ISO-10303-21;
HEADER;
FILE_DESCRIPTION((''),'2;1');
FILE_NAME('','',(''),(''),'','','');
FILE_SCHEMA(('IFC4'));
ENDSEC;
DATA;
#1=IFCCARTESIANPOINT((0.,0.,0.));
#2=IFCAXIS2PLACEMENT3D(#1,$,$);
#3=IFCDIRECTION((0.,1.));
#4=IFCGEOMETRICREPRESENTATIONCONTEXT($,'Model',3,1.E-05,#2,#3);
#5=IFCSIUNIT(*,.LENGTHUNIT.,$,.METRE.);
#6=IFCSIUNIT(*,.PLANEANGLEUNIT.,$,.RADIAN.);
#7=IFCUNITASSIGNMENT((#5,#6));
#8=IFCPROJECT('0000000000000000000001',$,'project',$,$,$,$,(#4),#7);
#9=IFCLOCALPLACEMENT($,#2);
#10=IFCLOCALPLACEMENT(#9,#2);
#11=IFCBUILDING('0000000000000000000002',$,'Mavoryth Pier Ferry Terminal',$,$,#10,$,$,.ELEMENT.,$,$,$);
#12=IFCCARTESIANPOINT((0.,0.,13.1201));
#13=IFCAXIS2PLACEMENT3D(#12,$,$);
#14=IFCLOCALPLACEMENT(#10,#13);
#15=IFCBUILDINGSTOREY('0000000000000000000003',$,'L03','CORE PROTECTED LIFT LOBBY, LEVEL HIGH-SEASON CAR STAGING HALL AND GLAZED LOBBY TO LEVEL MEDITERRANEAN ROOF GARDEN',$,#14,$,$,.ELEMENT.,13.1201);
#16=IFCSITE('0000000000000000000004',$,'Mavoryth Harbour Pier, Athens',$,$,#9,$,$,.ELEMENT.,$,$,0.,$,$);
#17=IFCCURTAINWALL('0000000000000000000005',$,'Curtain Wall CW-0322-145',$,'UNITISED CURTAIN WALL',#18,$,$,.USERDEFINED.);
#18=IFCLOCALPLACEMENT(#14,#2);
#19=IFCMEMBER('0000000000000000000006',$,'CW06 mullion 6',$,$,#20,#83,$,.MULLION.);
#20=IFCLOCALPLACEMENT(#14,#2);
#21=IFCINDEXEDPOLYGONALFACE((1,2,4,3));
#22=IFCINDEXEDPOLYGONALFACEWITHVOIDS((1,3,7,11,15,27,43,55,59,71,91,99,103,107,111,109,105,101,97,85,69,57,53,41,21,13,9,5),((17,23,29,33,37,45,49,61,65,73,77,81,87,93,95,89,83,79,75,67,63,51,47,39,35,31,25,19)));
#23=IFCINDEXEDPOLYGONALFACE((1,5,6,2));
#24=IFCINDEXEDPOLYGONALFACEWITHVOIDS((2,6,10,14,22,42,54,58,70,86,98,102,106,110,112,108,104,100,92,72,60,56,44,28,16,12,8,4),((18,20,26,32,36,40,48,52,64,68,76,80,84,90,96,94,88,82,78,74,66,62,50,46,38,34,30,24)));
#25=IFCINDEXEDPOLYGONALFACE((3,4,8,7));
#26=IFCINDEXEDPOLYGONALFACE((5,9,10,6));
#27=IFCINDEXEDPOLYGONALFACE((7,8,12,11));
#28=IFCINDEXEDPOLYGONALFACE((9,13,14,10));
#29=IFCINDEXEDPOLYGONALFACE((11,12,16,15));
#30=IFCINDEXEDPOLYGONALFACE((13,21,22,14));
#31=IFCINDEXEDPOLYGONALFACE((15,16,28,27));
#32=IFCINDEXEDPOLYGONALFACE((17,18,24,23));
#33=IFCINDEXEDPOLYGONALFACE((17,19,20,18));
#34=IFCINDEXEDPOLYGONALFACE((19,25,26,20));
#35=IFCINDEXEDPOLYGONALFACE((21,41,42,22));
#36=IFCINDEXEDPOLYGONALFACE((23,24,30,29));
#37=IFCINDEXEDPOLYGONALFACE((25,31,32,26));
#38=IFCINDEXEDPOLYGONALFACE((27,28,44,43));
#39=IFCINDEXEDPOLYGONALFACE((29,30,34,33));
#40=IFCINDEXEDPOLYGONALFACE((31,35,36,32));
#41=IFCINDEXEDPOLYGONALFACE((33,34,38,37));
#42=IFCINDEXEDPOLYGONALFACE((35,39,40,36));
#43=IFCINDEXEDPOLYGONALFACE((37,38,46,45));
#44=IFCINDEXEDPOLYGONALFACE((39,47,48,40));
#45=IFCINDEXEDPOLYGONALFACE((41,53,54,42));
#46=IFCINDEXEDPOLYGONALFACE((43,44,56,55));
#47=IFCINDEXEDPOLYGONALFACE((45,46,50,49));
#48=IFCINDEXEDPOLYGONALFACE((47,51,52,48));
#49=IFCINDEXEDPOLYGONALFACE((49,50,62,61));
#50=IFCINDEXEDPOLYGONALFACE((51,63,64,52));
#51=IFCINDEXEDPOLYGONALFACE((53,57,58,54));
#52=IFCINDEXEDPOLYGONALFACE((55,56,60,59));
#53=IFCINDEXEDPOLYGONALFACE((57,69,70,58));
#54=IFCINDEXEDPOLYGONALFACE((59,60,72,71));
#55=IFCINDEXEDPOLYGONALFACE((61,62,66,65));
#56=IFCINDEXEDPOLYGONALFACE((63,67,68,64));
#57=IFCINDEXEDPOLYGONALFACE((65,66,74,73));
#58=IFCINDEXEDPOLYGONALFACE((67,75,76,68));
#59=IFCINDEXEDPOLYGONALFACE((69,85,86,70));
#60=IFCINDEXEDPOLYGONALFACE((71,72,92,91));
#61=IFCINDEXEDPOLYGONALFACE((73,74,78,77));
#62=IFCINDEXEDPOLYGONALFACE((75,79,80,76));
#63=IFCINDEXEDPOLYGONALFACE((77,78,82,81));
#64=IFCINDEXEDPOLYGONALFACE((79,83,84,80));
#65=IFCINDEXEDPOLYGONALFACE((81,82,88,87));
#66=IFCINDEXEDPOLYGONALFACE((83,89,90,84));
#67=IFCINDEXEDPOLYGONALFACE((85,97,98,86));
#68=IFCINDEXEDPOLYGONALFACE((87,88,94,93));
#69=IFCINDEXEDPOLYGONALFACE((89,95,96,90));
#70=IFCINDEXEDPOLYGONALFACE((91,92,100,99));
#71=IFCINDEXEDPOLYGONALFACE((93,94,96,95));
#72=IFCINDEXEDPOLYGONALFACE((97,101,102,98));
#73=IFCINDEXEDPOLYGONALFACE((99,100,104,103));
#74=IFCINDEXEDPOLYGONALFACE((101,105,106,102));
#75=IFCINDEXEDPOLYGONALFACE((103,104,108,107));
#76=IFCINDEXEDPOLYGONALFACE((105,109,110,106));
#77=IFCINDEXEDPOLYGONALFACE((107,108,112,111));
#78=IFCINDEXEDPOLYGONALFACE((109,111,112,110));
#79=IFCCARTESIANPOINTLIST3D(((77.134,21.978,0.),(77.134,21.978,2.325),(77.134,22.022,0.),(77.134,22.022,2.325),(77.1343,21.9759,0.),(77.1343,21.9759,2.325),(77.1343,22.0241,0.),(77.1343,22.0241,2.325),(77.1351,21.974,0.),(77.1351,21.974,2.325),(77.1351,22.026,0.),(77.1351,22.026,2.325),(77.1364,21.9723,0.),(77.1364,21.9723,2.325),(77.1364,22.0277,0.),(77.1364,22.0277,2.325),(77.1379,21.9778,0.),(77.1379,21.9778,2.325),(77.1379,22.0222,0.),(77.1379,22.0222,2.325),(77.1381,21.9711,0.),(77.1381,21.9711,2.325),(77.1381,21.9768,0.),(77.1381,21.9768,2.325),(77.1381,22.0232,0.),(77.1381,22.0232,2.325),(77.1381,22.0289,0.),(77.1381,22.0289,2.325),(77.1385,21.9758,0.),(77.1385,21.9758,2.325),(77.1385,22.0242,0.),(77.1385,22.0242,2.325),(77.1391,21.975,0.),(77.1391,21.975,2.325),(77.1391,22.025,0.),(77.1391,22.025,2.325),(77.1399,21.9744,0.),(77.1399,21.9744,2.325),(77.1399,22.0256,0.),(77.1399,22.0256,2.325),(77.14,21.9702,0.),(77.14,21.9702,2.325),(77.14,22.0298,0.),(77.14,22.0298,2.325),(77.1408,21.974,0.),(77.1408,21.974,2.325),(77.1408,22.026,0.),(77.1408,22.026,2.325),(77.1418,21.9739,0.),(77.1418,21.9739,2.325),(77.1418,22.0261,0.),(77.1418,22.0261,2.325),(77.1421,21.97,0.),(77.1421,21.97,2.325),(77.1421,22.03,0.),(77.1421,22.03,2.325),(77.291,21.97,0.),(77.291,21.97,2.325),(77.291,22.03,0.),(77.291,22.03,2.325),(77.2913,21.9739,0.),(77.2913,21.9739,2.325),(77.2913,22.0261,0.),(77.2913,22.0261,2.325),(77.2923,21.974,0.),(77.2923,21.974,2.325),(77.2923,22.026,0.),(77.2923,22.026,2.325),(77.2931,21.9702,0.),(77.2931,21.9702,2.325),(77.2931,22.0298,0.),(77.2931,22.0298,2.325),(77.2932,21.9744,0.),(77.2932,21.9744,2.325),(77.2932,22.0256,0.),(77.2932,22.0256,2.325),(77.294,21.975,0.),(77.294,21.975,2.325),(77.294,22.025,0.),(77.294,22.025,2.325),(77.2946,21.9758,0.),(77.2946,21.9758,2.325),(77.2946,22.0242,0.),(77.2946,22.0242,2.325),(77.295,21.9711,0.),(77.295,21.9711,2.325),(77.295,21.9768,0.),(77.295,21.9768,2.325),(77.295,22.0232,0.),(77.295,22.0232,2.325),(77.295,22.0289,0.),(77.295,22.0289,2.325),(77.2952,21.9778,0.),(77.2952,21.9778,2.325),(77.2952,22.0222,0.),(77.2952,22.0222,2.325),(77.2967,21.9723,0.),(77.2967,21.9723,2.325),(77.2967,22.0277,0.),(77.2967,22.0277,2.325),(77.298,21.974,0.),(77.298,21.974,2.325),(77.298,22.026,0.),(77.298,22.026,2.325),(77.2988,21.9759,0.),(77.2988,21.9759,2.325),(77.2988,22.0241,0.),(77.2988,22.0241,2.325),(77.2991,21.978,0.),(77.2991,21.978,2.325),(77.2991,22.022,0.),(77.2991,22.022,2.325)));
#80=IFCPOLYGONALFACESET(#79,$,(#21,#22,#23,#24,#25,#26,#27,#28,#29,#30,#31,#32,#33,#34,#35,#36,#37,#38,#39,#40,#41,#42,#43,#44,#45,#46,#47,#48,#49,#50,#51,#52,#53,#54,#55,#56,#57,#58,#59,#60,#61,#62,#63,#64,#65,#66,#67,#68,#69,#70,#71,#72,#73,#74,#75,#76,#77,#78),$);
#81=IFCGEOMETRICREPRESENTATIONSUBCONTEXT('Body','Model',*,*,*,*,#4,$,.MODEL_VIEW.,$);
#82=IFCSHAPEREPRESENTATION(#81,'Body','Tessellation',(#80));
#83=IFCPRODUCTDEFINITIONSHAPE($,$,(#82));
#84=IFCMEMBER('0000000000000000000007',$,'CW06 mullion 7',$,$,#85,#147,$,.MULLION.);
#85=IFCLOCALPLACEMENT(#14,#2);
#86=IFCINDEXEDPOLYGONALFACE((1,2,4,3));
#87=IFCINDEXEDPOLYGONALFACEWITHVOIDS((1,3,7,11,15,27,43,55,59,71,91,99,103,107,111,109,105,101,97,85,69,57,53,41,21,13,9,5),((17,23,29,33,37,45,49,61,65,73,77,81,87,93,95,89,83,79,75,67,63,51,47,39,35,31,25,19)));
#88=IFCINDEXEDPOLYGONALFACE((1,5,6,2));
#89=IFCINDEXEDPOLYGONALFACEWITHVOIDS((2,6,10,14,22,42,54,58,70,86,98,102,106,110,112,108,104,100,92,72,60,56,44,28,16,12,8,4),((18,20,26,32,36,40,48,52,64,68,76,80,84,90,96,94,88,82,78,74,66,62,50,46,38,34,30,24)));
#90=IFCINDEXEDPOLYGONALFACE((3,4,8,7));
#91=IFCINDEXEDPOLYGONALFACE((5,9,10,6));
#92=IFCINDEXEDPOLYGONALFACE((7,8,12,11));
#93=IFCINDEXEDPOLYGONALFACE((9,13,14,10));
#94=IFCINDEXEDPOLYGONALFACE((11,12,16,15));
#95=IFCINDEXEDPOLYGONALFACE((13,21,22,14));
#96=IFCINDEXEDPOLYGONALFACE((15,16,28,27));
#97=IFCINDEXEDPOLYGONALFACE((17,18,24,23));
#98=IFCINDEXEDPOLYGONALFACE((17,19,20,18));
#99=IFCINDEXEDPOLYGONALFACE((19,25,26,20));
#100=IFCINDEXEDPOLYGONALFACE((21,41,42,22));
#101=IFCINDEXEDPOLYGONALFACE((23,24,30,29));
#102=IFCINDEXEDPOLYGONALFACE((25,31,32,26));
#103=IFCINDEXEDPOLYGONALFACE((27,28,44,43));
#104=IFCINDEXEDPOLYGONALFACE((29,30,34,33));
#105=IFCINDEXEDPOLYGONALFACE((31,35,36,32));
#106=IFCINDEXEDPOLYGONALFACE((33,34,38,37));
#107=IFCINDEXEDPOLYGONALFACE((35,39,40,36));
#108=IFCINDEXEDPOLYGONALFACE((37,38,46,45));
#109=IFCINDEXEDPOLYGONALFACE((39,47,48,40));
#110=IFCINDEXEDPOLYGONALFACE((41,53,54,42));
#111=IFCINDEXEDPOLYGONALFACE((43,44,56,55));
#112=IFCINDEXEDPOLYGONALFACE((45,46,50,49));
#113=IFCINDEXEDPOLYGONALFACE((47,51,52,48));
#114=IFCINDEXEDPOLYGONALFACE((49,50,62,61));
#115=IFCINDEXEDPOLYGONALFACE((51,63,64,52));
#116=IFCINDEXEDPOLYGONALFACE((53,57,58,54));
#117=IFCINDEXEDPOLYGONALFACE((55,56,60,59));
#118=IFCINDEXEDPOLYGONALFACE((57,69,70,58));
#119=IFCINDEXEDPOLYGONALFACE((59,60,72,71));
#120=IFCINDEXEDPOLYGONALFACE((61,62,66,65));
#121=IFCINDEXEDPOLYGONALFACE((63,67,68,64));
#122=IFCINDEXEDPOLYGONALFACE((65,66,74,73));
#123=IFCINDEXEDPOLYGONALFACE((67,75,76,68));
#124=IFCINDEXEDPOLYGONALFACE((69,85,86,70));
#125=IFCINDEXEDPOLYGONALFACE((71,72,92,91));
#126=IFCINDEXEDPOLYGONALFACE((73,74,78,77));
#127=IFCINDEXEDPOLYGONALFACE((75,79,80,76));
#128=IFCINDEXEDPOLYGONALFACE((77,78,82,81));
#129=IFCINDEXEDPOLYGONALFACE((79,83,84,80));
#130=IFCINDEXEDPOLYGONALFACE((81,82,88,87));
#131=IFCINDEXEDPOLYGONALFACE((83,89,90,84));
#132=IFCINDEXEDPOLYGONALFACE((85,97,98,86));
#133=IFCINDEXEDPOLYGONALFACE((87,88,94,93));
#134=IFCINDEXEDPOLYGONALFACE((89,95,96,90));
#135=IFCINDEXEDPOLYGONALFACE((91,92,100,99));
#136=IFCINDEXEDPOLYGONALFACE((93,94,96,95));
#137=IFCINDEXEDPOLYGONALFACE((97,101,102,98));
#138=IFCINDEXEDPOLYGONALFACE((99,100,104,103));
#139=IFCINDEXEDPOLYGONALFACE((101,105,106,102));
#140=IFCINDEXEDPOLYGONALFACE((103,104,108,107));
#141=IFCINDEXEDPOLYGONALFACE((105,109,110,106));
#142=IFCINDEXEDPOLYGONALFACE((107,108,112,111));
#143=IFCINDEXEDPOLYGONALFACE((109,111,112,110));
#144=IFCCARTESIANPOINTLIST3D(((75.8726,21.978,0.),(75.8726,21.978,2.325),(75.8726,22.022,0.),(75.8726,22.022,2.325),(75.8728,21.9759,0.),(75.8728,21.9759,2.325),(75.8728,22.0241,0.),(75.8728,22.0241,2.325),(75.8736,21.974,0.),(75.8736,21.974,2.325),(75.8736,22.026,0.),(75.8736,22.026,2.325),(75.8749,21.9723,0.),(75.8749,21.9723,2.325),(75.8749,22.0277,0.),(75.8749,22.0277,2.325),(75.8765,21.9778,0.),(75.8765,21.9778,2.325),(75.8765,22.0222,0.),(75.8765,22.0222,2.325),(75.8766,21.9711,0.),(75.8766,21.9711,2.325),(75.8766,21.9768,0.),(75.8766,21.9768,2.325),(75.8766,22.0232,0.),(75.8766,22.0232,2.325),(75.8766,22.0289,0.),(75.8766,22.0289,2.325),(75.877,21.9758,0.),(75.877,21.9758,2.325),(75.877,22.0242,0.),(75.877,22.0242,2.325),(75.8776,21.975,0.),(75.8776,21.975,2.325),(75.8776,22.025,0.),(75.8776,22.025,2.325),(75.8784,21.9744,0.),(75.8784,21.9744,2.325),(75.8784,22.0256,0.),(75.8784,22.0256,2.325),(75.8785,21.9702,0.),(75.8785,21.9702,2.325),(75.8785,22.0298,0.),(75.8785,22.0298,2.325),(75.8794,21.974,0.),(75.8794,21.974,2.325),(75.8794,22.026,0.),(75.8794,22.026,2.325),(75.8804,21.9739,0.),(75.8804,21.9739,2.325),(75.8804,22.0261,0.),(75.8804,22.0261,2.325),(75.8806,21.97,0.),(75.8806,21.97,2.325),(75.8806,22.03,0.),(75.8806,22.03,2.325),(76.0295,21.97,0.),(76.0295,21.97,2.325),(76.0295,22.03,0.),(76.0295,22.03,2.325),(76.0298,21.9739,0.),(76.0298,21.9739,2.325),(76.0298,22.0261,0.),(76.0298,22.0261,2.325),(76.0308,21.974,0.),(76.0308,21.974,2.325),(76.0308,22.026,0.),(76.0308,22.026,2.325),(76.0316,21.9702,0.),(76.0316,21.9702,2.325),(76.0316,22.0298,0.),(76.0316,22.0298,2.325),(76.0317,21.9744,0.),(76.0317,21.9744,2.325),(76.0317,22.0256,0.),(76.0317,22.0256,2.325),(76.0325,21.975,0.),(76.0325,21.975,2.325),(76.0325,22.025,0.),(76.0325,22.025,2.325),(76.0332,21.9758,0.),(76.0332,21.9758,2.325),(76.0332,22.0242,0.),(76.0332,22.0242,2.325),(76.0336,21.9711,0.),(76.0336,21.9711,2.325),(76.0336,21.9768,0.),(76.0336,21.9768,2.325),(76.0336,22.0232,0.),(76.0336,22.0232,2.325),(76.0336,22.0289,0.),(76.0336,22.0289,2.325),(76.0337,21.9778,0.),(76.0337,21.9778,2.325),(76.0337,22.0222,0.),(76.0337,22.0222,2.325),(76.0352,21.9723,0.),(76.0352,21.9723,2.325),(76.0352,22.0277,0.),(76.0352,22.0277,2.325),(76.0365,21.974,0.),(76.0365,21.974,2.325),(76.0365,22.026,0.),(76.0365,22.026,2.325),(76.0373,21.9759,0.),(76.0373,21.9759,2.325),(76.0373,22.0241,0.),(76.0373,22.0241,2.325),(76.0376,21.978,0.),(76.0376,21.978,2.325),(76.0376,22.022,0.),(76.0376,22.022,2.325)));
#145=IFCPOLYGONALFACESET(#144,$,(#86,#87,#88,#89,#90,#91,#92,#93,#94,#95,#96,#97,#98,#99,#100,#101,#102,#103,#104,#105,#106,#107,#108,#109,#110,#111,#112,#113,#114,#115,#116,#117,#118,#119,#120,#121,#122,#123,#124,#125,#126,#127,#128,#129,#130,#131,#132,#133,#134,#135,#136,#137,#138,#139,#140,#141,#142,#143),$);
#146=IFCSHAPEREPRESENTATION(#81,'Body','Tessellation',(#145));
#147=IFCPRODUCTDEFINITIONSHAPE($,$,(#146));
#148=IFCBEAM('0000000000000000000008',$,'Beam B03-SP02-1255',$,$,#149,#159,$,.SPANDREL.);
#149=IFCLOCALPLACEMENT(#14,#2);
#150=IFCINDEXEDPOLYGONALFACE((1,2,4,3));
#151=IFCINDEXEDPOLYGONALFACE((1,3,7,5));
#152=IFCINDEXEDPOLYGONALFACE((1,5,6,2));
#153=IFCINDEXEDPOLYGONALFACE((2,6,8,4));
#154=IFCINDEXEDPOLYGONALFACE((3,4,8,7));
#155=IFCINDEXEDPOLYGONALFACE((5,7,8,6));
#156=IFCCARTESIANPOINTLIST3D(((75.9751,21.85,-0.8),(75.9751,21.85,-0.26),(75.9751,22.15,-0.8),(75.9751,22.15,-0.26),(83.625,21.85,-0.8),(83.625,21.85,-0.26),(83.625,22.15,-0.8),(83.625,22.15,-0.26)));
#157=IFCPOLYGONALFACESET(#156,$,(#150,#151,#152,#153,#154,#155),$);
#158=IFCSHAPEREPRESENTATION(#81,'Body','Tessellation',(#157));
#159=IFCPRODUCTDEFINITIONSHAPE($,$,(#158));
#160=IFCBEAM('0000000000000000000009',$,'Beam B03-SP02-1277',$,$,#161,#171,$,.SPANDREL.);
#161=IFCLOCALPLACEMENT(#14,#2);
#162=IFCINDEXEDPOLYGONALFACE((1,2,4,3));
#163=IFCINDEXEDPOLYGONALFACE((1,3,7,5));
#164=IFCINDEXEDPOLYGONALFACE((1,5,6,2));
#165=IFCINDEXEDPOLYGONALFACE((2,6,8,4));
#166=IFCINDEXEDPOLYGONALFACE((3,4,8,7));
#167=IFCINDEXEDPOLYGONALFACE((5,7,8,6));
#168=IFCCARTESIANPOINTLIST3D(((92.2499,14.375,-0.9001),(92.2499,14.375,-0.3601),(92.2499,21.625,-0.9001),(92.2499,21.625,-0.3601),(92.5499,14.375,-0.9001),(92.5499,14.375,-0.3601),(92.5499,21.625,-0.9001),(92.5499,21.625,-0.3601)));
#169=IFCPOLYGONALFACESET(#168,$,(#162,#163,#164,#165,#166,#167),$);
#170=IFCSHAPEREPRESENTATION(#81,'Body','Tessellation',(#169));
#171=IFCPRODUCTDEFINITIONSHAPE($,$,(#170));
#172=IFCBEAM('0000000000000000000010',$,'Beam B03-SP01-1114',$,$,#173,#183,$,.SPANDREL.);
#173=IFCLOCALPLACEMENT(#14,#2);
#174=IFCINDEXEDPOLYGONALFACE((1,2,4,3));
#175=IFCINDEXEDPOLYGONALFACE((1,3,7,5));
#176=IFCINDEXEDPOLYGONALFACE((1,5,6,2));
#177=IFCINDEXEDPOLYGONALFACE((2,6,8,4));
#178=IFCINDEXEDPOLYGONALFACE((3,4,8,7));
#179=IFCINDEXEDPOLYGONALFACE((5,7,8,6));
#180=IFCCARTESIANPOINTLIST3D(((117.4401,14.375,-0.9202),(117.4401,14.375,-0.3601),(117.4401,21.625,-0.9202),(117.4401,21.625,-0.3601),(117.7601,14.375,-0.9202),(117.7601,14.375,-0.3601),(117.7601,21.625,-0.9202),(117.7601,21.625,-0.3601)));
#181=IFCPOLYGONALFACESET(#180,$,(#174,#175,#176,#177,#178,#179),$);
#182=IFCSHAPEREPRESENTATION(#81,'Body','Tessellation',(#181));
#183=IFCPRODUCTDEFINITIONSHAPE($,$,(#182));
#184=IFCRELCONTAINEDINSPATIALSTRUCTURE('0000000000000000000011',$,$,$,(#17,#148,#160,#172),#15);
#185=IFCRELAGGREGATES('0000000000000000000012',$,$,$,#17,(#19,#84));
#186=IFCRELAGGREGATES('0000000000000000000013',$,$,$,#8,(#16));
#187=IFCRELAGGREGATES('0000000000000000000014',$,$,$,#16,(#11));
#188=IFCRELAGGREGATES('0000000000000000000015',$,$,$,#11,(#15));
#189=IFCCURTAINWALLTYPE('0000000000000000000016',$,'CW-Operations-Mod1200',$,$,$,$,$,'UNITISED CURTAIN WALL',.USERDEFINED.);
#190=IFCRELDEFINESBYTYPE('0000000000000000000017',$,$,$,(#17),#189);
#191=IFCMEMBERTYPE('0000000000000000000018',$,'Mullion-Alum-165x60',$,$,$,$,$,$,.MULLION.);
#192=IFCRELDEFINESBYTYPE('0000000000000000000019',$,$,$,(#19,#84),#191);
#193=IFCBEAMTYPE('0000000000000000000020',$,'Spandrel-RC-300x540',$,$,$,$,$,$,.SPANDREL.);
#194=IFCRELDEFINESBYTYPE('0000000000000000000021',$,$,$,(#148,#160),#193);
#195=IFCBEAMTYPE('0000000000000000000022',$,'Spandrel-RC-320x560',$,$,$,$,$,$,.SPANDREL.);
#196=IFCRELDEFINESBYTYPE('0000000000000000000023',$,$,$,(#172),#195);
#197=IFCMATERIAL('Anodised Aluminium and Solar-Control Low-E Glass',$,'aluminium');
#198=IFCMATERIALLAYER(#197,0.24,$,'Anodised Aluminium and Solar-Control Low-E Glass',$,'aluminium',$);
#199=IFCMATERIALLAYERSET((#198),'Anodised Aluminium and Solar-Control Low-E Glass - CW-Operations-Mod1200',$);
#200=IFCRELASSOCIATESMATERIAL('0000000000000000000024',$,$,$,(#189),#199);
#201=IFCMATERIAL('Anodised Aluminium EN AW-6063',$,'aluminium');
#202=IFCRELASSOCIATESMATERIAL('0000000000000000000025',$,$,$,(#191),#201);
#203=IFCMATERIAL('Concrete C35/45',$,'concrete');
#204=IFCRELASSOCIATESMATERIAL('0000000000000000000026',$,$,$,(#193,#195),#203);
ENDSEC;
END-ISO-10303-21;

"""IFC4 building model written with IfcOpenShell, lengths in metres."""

from ifc_helpers import new_model, si_unit, direction, frame, origin, origin_2d, place, context, subcontext, project, spatial, rectangle, hollow_rectangle, extrude, material, layer, layer_set, material_profile, profile_set, type_object, element, aggregate, save


model = new_model("IFC4")

# Units and contexts
model_context = context("Model", 3, precision=1e-05, world=origin(), true_north=direction((0.0, 1.0)))
body_context = subcontext(model_context, "Body", "Model", "MODEL_VIEW")
ifc_project = project(units=[si_unit("LENGTHUNIT", "METRE"), si_unit("PLANEANGLEUNIT", "RADIAN")], contexts=[model_context])

# Site, building, storey
site_placement = place(None, origin())
site = spatial("IfcSite", under=ifc_project, at=site_placement, Name="Mavoryth Harbour Pier, Athens", CompositionType="ELEMENT", RefElevation=0.0)
building_placement = place(site_placement, origin())
building = spatial("IfcBuilding", under=site, at=building_placement, Name="Mavoryth Pier Ferry Terminal", CompositionType="ELEMENT")
storey_placement = place(building_placement, frame((0.0, 0.0, 13.1201)))
storey = spatial("IfcBuildingStorey", under=building, at=storey_placement, Name="L03", Description="CORE PROTECTED LIFT LOBBY, LEVEL HIGH-SEASON CAR STAGING HALL AND GLAZED LOBBY TO LEVEL MEDITERRANEAN ROOF GARDEN", CompositionType="ELEMENT", Elevation=13.1201)

# Shared definitions
ifc_material_1 = material(Name="Concrete C35/45", Category="concrete")

# Curtain wall, members
ifc_material_2 = material(Name="Anodised Aluminium and Solar-Control Low-E Glass", Category="aluminium")
ifc_layer_1 = layer(ifc_material_2, 0.24, Name="Anodised Aluminium and Solar-Control Low-E Glass", Category="aluminium")
ifc_layer_set_1 = layer_set([ifc_layer_1], Name="Anodised Aluminium and Solar-Control Low-E Glass - CW-Operations-Mod1200")
curtain_wall_type = type_object("IfcCurtainWallType", Name="CW-Operations-Mod1200", ElementType="UNITISED CURTAIN WALL", PredefinedType="USERDEFINED", material=ifc_layer_set_1)
curtain_wall_placement = place(storey_placement, origin())
curtain_wall = element("IfcCurtainWall", 1, at=curtain_wall_placement, inside=storey, type_object=curtain_wall_type, Name="Curtain Wall CW-0322-145", ObjectType="UNITISED CURTAIN WALL", PredefinedType="USERDEFINED")
ifc_material_3 = material(Name="Anodised Aluminium EN AW-6063", Category="aluminium")
ifc_material_profile_1 = material_profile(ifc_material_3, hollow_rectangle(XDim=0.0601, YDim=0.165, WallThickness=0.0039, InnerFilletRadius=0.0039, OuterFilletRadius=0.0081, at=origin_2d()), Name="AL-MULL 165x60x4", Category="aluminium")
ifc_profile_set_1 = profile_set([ifc_material_profile_1], Name="Anodised Aluminium EN AW-6063 - AL-MULL 165x60x4")
member_type_1 = type_object("IfcMemberType", Name="Mullion-Alum-165x60", PredefinedType="MULLION", material=ifc_profile_set_1)
member_1_placement = place(storey_placement, frame((77.2166, 22.0, 0.0), z_axis=(0.0, 0.0, 1.0), x_axis=(0.0, -1.0, 0.0)))
member_1 = element("IfcMember", 2, at=member_1_placement, type_object=member_type_1, Name="CW06 mullion 6", PredefinedType="MULLION", context=body_context, shape_type="SweptSolid", body=[
    extrude(hollow_rectangle(XDim=0.0601, YDim=0.165, WallThickness=0.0039, InnerFilletRadius=0.0039, OuterFilletRadius=0.0081, at=origin_2d()), origin(), (0.0, 0.0, 1.0), 2.325),
])
member_2_placement = place(storey_placement, frame((75.9551, 22.0, 0.0), z_axis=(0.0, 0.0, 1.0), x_axis=(0.0, -1.0, 0.0)))
member_2 = element("IfcMember", 3, at=member_2_placement, type_object=member_type_1, Name="CW06 mullion 7", PredefinedType="MULLION", context=body_context, shape_type="SweptSolid", body=[
    extrude(hollow_rectangle(XDim=0.0601, YDim=0.165, WallThickness=0.0039, InnerFilletRadius=0.0039, OuterFilletRadius=0.0081, at=origin_2d()), origin(), (0.0, 0.0, 1.0), 2.325),
])

# Beams
ifc_material_profile_2 = material_profile(ifc_material_1, rectangle(XDim=0.3, YDim=0.54, at=origin_2d()), Name="RC 300x540", Category="concrete")
ifc_profile_set_2 = profile_set([ifc_material_profile_2], Name="Concrete C35/45 - RC 300x540")
beam_type_1 = type_object("IfcBeamType", Name="Spandrel-RC-300x540", PredefinedType="SPANDREL", material=ifc_profile_set_2)
beam_1_placement = place(storey_placement, frame((75.9751, 22.0, -0.53), z_axis=(1.0, 0.0, 0.0), x_axis=(0.0, 1.0, 0.0)))
element("IfcBeam", 4, at=beam_1_placement, inside=storey, type_object=beam_type_1, Name="Beam B03-SP02-1255", PredefinedType="SPANDREL", context=body_context, shape_type="SweptSolid", body=[
    extrude(rectangle(XDim=0.3, YDim=0.54, at=origin_2d()), origin(), (0.0, 0.0, 1.0), 7.6499),
])
beam_2_placement = place(storey_placement, frame((92.3999, 14.375, -0.6301), z_axis=(0.0, 1.0, 0.0), x_axis=(-1.0, 0.0, 0.0)))
element("IfcBeam", 5, at=beam_2_placement, inside=storey, type_object=beam_type_1, Name="Beam B03-SP02-1277", PredefinedType="SPANDREL", context=body_context, shape_type="SweptSolid", body=[
    extrude(rectangle(XDim=0.3, YDim=0.54, at=origin_2d()), origin(), (0.0, 0.0, 1.0), 7.25),
])
ifc_material_profile_3 = material_profile(ifc_material_1, rectangle(XDim=0.3201, YDim=0.5601, at=origin_2d()), Name="RC 320x560", Category="concrete")
ifc_profile_set_3 = profile_set([ifc_material_profile_3], Name="Concrete C35/45 - RC 320x560")
beam_type_2 = type_object("IfcBeamType", Name="Spandrel-RC-320x560", PredefinedType="SPANDREL", material=ifc_profile_set_3)
beam_3_placement = place(storey_placement, frame((117.6001, 14.375, -0.6401), z_axis=(0.0, 1.0, 0.0), x_axis=(-1.0, 0.0, 0.0)))
element("IfcBeam", 6, at=beam_3_placement, inside=storey, type_object=beam_type_2, Name="Beam B03-SP01-1114", PredefinedType="SPANDREL", context=body_context, shape_type="SweptSolid", body=[
    extrude(rectangle(XDim=0.3201, YDim=0.5601, at=origin_2d()), origin(), (0.0, 0.0, 1.0), 7.25),
])

aggregate(curtain_wall, [member_1, member_2])

save(model, "model.ifc")
